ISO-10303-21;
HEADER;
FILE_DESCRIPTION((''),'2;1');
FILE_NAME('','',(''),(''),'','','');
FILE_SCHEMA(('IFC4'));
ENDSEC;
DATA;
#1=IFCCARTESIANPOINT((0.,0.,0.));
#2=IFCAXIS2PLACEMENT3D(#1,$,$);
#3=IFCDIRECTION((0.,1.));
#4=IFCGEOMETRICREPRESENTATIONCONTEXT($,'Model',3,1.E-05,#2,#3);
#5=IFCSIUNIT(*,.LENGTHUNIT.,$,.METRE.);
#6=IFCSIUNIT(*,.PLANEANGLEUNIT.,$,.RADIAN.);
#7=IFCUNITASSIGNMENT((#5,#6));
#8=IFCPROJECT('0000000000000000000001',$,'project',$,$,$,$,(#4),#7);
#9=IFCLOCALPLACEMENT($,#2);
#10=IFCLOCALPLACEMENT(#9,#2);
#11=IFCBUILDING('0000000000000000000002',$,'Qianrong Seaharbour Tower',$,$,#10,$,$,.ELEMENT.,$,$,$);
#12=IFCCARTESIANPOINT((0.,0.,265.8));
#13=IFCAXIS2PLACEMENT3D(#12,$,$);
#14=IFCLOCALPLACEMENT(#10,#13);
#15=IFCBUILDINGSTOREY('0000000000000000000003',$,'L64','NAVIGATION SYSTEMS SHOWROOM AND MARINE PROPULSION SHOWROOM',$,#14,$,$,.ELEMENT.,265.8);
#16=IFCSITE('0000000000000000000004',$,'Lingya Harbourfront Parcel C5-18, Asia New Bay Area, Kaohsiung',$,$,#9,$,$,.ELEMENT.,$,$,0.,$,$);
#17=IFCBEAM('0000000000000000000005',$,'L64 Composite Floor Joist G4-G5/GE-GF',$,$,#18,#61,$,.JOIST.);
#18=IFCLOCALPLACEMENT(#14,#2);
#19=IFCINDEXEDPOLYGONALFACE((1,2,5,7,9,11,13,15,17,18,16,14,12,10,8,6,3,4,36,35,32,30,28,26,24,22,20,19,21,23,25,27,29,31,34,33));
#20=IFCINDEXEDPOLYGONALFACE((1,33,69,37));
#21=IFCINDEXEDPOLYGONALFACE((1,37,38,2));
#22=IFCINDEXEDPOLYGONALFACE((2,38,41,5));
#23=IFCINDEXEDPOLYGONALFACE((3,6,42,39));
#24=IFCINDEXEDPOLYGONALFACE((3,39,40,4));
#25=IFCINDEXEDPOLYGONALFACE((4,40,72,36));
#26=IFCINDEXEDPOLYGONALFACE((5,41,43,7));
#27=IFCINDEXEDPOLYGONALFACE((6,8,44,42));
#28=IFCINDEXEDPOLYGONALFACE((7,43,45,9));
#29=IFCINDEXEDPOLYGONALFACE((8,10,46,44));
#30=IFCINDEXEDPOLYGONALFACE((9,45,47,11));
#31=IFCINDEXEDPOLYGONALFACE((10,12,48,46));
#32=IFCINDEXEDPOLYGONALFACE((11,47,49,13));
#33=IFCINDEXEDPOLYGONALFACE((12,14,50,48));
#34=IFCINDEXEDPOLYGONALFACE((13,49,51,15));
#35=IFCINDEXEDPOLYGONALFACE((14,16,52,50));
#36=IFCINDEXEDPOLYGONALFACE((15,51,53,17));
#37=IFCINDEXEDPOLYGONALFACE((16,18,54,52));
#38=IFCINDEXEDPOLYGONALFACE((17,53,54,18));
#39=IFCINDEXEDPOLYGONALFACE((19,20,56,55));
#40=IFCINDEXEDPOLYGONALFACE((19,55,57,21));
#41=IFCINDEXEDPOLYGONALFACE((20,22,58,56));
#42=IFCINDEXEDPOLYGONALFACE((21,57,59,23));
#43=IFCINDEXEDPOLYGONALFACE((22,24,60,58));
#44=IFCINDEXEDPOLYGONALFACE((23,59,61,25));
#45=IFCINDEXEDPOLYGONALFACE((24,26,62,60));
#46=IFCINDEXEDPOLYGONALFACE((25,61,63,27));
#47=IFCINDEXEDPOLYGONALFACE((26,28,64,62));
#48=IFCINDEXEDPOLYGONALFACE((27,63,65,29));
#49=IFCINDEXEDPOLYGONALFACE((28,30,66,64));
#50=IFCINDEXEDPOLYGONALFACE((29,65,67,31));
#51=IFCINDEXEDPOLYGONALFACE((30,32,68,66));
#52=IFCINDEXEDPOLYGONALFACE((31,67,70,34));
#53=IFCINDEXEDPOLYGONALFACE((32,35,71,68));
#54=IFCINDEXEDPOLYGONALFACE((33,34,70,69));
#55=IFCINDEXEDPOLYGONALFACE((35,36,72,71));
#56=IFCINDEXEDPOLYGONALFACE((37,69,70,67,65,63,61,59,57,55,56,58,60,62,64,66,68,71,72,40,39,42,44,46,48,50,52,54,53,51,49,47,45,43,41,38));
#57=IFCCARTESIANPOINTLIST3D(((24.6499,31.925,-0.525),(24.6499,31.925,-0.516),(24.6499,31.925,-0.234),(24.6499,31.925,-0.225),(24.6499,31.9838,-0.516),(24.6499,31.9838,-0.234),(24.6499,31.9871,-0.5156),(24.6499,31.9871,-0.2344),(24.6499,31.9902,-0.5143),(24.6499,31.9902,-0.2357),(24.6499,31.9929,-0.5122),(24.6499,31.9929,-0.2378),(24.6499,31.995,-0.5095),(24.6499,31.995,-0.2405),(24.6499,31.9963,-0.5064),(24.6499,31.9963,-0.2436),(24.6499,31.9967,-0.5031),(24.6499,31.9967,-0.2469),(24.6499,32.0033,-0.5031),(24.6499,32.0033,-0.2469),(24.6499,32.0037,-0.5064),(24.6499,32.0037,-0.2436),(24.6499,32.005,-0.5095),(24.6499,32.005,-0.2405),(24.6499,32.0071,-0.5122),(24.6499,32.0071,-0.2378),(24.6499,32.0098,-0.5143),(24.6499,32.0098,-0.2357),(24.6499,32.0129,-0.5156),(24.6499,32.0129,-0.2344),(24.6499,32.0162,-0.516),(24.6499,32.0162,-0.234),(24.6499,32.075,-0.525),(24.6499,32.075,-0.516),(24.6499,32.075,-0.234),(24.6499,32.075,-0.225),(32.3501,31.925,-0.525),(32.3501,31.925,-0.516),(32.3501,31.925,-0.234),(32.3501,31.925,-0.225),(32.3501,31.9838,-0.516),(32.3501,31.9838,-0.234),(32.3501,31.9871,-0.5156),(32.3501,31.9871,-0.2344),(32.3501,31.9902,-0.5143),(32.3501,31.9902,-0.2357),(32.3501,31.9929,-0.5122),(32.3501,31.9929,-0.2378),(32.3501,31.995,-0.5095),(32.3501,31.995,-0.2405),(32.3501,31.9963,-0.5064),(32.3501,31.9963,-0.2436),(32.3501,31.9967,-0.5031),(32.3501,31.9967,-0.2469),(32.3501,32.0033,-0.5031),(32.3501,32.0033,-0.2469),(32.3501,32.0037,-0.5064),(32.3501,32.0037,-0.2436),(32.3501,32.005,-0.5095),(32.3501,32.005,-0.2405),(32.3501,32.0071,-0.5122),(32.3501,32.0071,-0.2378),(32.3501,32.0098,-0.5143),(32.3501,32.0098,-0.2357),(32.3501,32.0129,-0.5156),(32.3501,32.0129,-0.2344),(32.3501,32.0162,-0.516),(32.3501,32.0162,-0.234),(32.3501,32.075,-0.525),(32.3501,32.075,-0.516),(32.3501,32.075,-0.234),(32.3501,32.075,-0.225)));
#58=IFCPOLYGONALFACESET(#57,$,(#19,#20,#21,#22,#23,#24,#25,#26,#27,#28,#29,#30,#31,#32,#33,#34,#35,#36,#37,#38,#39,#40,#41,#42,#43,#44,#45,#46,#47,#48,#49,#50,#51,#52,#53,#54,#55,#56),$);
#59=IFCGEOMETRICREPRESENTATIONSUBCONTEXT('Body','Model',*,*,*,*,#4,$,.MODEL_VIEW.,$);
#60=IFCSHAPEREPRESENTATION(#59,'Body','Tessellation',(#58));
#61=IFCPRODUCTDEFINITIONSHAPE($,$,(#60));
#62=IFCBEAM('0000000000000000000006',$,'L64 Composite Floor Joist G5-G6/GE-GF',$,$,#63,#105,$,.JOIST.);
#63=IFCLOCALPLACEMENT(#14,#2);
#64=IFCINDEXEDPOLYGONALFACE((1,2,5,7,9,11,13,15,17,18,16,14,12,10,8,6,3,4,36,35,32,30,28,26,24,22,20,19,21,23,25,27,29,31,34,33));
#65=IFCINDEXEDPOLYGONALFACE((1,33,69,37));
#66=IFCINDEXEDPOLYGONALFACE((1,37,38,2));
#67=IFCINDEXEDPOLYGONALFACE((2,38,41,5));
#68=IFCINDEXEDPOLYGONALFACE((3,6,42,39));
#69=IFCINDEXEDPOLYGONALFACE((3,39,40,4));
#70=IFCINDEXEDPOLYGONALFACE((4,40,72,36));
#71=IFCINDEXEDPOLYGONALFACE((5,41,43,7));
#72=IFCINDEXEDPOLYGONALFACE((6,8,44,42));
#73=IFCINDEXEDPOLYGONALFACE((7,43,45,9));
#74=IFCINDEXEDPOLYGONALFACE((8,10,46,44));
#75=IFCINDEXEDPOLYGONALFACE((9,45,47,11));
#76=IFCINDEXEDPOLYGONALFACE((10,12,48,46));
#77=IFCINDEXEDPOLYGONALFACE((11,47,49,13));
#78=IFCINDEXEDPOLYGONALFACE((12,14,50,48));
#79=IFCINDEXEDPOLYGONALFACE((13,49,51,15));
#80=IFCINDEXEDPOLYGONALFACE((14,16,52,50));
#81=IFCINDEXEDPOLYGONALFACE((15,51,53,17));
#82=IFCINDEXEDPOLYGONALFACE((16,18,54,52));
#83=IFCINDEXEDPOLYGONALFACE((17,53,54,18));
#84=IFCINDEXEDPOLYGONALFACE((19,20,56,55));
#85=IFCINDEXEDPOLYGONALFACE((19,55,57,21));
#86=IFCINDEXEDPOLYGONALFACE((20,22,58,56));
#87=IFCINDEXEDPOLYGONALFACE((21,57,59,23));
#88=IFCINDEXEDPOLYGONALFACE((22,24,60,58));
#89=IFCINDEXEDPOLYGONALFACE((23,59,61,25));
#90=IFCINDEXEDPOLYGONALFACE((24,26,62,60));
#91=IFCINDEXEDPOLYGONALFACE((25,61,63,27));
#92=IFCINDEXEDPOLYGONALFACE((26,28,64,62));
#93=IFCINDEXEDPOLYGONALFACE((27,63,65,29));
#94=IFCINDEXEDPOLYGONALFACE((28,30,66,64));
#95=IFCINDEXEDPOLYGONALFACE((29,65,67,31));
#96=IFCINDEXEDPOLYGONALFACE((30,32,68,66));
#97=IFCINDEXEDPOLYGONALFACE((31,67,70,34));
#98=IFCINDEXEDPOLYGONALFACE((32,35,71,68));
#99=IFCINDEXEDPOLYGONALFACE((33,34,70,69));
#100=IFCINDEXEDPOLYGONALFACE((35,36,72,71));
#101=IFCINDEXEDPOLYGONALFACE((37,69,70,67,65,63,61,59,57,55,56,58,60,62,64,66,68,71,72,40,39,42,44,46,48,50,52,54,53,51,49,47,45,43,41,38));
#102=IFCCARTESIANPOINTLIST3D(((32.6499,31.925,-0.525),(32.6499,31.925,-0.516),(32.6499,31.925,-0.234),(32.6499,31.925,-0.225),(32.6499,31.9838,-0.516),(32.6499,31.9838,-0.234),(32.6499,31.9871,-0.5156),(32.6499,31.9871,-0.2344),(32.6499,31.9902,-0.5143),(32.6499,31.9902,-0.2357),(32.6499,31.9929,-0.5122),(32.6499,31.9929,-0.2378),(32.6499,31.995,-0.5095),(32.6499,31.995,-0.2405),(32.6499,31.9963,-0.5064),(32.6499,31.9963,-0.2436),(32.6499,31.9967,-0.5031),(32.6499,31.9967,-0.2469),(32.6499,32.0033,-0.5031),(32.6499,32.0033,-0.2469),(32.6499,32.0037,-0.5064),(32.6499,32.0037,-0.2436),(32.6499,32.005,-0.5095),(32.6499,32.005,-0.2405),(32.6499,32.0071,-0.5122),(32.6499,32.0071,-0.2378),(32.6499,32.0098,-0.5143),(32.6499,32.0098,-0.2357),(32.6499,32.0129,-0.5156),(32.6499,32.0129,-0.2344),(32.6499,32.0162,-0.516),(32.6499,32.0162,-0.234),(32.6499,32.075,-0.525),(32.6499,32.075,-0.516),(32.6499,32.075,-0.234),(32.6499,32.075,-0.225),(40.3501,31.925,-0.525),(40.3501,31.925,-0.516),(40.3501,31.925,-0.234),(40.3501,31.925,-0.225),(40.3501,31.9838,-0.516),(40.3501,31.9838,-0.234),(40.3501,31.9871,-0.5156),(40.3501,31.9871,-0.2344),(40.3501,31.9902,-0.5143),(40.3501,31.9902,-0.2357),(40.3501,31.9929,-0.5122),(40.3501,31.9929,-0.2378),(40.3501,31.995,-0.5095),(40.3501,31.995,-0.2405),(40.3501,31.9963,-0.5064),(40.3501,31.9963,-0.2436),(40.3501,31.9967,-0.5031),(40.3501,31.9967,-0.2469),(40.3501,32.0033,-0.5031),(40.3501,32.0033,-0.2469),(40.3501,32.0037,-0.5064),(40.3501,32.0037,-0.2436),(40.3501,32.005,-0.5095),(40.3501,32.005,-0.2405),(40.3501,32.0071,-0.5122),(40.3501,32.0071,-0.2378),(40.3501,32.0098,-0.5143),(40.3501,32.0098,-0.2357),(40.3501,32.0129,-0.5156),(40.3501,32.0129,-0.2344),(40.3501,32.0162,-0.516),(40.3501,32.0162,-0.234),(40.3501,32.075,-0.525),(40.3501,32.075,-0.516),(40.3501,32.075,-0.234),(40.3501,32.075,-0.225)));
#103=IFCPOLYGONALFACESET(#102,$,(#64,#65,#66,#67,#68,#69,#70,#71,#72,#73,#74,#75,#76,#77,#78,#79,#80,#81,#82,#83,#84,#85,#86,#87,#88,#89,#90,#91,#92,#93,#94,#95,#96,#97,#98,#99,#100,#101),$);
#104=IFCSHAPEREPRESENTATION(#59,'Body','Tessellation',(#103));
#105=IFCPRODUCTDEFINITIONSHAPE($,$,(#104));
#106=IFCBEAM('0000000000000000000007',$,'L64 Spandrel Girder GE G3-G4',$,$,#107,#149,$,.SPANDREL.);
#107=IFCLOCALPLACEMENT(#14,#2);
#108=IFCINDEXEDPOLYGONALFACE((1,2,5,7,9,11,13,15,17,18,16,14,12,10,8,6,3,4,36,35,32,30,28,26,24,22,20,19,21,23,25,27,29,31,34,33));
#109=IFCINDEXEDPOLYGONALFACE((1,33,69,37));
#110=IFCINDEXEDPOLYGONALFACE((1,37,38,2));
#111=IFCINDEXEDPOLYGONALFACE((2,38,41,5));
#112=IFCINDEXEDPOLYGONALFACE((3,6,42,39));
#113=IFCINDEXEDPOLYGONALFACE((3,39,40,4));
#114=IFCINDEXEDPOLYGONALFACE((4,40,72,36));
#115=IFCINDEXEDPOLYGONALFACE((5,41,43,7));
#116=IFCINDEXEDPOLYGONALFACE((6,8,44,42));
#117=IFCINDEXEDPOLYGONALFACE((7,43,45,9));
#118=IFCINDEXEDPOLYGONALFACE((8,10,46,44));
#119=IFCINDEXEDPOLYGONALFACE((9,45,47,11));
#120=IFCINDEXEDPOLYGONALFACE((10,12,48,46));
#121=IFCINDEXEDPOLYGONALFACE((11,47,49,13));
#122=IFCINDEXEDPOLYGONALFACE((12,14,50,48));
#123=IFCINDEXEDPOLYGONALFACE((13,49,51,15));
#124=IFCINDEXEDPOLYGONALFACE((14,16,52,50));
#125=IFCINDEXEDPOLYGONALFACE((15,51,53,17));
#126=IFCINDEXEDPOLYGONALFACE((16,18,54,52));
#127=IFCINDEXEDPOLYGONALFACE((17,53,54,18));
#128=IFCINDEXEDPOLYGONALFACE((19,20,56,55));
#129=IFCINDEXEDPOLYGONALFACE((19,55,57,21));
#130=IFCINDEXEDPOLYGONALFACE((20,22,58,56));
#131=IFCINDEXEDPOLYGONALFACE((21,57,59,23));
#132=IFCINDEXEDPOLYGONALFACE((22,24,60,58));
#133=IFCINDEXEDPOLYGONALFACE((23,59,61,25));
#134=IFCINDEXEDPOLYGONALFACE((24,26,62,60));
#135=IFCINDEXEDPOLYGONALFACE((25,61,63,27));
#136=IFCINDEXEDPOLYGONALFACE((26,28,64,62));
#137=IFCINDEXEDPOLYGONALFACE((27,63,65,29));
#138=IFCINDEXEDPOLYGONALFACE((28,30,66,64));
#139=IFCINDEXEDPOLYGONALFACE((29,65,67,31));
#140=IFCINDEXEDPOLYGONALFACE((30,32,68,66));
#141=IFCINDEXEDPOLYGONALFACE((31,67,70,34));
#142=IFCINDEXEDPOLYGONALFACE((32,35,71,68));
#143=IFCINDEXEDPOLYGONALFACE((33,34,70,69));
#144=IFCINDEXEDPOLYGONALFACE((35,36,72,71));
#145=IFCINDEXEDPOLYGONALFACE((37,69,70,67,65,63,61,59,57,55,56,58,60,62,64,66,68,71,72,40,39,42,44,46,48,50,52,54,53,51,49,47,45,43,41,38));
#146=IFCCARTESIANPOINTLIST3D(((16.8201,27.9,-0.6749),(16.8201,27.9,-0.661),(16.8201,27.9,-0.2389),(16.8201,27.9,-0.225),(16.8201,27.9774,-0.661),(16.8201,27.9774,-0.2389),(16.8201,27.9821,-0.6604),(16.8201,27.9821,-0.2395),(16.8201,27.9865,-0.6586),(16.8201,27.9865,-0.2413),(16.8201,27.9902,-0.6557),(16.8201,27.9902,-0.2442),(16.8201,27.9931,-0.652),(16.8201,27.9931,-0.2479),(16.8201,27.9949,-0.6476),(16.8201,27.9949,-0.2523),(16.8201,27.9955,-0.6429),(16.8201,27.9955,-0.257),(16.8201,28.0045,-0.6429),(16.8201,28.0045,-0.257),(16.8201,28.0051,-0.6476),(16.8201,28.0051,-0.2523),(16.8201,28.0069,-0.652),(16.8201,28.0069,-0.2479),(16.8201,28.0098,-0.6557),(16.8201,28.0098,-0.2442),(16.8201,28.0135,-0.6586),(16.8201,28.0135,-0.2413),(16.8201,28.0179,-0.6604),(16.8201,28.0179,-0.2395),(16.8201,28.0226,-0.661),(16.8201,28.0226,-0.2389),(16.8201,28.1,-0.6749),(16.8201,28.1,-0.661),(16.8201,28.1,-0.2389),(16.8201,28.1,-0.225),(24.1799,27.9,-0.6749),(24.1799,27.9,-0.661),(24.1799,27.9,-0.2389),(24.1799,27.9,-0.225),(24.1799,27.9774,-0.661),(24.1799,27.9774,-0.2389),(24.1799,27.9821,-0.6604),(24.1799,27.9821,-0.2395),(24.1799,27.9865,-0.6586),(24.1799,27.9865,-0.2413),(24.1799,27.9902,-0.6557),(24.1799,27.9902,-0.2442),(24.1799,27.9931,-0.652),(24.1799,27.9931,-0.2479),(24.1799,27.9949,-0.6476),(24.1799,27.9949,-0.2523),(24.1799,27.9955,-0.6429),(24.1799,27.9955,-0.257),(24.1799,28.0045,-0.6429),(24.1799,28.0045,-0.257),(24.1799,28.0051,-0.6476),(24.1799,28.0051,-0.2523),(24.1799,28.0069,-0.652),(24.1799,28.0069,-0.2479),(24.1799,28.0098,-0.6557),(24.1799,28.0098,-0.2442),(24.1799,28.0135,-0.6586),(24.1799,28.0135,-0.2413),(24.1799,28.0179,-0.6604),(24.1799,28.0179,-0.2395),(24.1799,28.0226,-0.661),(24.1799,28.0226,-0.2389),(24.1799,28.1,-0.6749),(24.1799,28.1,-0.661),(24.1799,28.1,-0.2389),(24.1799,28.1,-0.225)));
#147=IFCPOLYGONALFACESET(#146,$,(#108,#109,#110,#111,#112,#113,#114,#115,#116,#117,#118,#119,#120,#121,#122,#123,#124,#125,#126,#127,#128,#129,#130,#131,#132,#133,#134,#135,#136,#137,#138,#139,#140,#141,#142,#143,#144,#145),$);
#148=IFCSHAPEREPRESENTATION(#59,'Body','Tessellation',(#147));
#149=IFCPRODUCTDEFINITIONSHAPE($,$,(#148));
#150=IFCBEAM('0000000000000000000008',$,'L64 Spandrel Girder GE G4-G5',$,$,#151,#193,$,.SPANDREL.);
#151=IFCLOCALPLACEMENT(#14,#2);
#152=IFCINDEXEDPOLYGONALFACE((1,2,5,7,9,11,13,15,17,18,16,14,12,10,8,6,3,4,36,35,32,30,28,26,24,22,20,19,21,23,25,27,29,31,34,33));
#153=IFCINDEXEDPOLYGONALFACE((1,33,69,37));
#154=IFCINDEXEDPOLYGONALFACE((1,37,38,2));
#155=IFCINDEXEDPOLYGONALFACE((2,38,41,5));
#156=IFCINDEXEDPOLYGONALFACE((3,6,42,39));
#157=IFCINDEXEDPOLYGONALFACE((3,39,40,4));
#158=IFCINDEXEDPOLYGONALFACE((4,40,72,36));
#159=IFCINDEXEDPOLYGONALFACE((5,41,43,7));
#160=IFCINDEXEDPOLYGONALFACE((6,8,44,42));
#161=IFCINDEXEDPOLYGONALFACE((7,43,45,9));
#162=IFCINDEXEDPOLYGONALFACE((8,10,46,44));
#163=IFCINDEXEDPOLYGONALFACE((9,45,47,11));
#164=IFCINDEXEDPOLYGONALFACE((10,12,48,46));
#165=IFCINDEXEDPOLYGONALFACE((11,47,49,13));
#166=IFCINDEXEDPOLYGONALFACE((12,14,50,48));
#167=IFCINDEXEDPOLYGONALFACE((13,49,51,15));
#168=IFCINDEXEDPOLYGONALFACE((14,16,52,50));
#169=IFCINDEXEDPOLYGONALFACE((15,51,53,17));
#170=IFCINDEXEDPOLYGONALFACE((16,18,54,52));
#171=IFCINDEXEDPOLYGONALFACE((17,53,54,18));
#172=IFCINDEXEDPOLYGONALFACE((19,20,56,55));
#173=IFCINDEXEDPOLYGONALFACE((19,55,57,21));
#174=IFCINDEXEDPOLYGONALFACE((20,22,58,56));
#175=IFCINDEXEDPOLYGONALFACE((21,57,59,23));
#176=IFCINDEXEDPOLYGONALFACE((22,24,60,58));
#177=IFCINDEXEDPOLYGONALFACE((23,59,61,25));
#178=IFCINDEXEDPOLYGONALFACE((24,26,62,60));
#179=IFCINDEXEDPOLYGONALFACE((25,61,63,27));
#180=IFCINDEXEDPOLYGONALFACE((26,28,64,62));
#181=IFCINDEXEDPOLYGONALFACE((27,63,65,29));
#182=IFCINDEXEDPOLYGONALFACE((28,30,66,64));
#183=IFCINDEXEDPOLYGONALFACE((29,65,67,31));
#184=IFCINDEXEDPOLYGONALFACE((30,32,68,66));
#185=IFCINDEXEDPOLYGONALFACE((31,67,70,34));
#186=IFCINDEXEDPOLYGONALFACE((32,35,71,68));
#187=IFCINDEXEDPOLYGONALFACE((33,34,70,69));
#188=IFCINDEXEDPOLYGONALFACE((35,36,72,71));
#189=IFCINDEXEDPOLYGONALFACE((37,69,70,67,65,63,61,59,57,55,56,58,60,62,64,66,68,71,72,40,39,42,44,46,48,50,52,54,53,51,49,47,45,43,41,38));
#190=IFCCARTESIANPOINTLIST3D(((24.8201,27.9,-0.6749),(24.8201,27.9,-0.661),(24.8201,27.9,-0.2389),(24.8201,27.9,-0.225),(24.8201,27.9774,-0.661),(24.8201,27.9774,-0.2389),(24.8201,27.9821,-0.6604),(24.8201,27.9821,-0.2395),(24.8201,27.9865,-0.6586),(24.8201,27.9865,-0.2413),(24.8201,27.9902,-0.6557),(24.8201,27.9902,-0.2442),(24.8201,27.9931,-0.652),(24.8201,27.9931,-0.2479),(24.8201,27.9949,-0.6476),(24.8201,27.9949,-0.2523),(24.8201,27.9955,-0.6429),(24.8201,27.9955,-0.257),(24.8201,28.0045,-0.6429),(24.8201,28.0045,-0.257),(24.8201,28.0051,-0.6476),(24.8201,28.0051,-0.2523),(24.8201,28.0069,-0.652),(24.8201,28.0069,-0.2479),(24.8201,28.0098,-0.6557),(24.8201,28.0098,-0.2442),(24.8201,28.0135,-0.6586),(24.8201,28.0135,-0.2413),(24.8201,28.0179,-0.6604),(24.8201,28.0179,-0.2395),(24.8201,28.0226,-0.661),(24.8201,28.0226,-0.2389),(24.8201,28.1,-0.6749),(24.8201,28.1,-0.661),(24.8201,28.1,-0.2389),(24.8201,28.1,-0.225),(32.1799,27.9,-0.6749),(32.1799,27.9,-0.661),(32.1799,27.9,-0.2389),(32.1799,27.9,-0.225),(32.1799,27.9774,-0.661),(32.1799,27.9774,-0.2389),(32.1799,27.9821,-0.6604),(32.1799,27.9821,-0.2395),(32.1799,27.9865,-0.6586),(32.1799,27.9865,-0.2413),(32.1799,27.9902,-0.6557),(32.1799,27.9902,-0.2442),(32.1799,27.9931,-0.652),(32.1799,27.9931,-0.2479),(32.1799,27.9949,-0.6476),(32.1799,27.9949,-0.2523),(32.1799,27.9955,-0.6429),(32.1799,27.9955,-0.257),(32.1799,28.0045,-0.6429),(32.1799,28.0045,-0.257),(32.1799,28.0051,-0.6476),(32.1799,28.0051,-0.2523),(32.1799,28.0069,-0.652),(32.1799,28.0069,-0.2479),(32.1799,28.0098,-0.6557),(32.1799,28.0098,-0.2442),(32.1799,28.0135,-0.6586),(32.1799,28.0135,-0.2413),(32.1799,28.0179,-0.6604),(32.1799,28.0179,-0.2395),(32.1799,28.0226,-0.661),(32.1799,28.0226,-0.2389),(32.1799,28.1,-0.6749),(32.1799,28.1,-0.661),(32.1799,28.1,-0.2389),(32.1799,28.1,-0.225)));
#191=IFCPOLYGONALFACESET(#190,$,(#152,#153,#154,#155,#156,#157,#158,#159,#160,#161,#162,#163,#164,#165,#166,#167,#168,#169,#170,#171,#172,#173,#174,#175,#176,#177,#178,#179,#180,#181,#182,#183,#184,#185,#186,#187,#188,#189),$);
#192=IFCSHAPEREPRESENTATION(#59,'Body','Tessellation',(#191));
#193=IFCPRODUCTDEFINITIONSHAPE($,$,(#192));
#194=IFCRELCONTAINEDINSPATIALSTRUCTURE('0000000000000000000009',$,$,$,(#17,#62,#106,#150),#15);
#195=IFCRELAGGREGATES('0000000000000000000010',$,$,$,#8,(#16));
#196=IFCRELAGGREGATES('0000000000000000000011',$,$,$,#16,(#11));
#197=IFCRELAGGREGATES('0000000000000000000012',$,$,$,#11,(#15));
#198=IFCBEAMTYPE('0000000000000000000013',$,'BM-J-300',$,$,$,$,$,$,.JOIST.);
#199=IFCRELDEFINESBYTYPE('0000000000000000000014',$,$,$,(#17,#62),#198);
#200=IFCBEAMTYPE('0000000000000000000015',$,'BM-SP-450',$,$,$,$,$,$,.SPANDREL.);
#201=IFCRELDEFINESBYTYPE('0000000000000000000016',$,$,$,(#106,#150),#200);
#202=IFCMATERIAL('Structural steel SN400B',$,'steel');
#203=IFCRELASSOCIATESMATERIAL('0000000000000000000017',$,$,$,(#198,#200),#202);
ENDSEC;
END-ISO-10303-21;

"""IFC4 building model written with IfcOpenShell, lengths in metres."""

from ifc_helpers import new_model, si_unit, direction, frame, origin, origin_2d, place, context, subcontext, project, spatial, i_section, extrude, material, material_profile, profile_set, type_object, element, save


model = new_model("IFC4")

# Units and contexts
model_context = context("Model", 3, precision=1e-05, world=origin(), true_north=direction((0.0, 1.0)))
body_context = subcontext(model_context, "Body", "Model", "MODEL_VIEW")
ifc_project = project(units=[si_unit("LENGTHUNIT", "METRE"), si_unit("PLANEANGLEUNIT", "RADIAN")], contexts=[model_context])

# Site, building, storey
site_placement = place(None, origin())
site = spatial("IfcSite", under=ifc_project, at=site_placement, Name="Lingya Harbourfront Parcel C5-18, Asia New Bay Area, Kaohsiung", CompositionType="ELEMENT", RefElevation=0.0)
building_placement = place(site_placement, origin())
building = spatial("IfcBuilding", under=site, at=building_placement, Name="Qianrong Seaharbour Tower", CompositionType="ELEMENT")
storey_placement = place(building_placement, frame((0.0, 0.0, 265.8)))
storey = spatial("IfcBuildingStorey", under=building, at=storey_placement, Name="L64", Description="NAVIGATION SYSTEMS SHOWROOM AND MARINE PROPULSION SHOWROOM", CompositionType="ELEMENT", Elevation=265.8)

# Beams
ifc_material_1 = material(Name="Structural steel SN400B", Category="steel")
ifc_material_profile_1 = material_profile(ifc_material_1, i_section(OverallWidth=0.1499, OverallDepth=0.3, WebThickness=0.0066, FlangeThickness=0.009, FilletRadius=0.0129, at=origin_2d()), Name="H300x150x6.5x9")
ifc_profile_set_1 = profile_set([ifc_material_profile_1], Name="Structural steel SN400B")
beam_type_1 = type_object("IfcBeamType", Name="BM-J-300", PredefinedType="JOIST", material=ifc_profile_set_1)
for number, where, z_axis, x_axis, name in (
    (1, (24.6499, 32.0, -0.375), (1.0, 0.0, 0.0), (0.0, 1.0, 0.0), "L64 Composite Floor Joist G4-G5/GE-GF"),
    (2, (32.6499, 32.0, -0.375), (1.0, 0.0, 0.0), (0.0, 1.0, 0.0), "L64 Composite Floor Joist G5-G6/GE-GF"),
):
    element("IfcBeam", number, at=place(storey_placement, frame(where, z_axis=z_axis, x_axis=x_axis)), inside=storey, type_object=beam_type_1, Name=name, PredefinedType="JOIST", context=body_context, shape_type="SweptSolid", body=[
        extrude(i_section(OverallWidth=0.1499, OverallDepth=0.3, WebThickness=0.0066, FlangeThickness=0.009, FilletRadius=0.0129, at=origin_2d()), origin(), (0.0, 0.0, 1.0), 7.7002),
    ])
ifc_material_profile_2 = material_profile(ifc_material_1, i_section(OverallWidth=0.2, OverallDepth=0.45, WebThickness=0.009, FlangeThickness=0.0139, FilletRadius=0.0181, at=origin_2d()), Name="H450x200x9x14")
ifc_profile_set_2 = profile_set([ifc_material_profile_2], Name="Structural steel SN400B")
beam_type_2 = type_object("IfcBeamType", Name="BM-SP-450", PredefinedType="SPANDREL", material=ifc_profile_set_2)
for number, where, z_axis, x_axis, name in (
    (3, (16.8201, 28.0, -0.45), (1.0, 0.0, 0.0), (0.0, 1.0, 0.0), "L64 Spandrel Girder GE G3-G4"),
    (4, (24.8201, 28.0, -0.45), (1.0, 0.0, 0.0), (0.0, 1.0, 0.0), "L64 Spandrel Girder GE G4-G5"),
):
    element("IfcBeam", number, at=place(storey_placement, frame(where, z_axis=z_axis, x_axis=x_axis)), inside=storey, type_object=beam_type_2, Name=name, PredefinedType="SPANDREL", context=body_context, shape_type="SweptSolid", body=[
        extrude(i_section(OverallWidth=0.2, OverallDepth=0.45, WebThickness=0.009, FlangeThickness=0.0139, FilletRadius=0.0181, at=origin_2d()), origin(), (0.0, 0.0, 1.0), 7.3599),
    ])

save(model, "model.ifc")
